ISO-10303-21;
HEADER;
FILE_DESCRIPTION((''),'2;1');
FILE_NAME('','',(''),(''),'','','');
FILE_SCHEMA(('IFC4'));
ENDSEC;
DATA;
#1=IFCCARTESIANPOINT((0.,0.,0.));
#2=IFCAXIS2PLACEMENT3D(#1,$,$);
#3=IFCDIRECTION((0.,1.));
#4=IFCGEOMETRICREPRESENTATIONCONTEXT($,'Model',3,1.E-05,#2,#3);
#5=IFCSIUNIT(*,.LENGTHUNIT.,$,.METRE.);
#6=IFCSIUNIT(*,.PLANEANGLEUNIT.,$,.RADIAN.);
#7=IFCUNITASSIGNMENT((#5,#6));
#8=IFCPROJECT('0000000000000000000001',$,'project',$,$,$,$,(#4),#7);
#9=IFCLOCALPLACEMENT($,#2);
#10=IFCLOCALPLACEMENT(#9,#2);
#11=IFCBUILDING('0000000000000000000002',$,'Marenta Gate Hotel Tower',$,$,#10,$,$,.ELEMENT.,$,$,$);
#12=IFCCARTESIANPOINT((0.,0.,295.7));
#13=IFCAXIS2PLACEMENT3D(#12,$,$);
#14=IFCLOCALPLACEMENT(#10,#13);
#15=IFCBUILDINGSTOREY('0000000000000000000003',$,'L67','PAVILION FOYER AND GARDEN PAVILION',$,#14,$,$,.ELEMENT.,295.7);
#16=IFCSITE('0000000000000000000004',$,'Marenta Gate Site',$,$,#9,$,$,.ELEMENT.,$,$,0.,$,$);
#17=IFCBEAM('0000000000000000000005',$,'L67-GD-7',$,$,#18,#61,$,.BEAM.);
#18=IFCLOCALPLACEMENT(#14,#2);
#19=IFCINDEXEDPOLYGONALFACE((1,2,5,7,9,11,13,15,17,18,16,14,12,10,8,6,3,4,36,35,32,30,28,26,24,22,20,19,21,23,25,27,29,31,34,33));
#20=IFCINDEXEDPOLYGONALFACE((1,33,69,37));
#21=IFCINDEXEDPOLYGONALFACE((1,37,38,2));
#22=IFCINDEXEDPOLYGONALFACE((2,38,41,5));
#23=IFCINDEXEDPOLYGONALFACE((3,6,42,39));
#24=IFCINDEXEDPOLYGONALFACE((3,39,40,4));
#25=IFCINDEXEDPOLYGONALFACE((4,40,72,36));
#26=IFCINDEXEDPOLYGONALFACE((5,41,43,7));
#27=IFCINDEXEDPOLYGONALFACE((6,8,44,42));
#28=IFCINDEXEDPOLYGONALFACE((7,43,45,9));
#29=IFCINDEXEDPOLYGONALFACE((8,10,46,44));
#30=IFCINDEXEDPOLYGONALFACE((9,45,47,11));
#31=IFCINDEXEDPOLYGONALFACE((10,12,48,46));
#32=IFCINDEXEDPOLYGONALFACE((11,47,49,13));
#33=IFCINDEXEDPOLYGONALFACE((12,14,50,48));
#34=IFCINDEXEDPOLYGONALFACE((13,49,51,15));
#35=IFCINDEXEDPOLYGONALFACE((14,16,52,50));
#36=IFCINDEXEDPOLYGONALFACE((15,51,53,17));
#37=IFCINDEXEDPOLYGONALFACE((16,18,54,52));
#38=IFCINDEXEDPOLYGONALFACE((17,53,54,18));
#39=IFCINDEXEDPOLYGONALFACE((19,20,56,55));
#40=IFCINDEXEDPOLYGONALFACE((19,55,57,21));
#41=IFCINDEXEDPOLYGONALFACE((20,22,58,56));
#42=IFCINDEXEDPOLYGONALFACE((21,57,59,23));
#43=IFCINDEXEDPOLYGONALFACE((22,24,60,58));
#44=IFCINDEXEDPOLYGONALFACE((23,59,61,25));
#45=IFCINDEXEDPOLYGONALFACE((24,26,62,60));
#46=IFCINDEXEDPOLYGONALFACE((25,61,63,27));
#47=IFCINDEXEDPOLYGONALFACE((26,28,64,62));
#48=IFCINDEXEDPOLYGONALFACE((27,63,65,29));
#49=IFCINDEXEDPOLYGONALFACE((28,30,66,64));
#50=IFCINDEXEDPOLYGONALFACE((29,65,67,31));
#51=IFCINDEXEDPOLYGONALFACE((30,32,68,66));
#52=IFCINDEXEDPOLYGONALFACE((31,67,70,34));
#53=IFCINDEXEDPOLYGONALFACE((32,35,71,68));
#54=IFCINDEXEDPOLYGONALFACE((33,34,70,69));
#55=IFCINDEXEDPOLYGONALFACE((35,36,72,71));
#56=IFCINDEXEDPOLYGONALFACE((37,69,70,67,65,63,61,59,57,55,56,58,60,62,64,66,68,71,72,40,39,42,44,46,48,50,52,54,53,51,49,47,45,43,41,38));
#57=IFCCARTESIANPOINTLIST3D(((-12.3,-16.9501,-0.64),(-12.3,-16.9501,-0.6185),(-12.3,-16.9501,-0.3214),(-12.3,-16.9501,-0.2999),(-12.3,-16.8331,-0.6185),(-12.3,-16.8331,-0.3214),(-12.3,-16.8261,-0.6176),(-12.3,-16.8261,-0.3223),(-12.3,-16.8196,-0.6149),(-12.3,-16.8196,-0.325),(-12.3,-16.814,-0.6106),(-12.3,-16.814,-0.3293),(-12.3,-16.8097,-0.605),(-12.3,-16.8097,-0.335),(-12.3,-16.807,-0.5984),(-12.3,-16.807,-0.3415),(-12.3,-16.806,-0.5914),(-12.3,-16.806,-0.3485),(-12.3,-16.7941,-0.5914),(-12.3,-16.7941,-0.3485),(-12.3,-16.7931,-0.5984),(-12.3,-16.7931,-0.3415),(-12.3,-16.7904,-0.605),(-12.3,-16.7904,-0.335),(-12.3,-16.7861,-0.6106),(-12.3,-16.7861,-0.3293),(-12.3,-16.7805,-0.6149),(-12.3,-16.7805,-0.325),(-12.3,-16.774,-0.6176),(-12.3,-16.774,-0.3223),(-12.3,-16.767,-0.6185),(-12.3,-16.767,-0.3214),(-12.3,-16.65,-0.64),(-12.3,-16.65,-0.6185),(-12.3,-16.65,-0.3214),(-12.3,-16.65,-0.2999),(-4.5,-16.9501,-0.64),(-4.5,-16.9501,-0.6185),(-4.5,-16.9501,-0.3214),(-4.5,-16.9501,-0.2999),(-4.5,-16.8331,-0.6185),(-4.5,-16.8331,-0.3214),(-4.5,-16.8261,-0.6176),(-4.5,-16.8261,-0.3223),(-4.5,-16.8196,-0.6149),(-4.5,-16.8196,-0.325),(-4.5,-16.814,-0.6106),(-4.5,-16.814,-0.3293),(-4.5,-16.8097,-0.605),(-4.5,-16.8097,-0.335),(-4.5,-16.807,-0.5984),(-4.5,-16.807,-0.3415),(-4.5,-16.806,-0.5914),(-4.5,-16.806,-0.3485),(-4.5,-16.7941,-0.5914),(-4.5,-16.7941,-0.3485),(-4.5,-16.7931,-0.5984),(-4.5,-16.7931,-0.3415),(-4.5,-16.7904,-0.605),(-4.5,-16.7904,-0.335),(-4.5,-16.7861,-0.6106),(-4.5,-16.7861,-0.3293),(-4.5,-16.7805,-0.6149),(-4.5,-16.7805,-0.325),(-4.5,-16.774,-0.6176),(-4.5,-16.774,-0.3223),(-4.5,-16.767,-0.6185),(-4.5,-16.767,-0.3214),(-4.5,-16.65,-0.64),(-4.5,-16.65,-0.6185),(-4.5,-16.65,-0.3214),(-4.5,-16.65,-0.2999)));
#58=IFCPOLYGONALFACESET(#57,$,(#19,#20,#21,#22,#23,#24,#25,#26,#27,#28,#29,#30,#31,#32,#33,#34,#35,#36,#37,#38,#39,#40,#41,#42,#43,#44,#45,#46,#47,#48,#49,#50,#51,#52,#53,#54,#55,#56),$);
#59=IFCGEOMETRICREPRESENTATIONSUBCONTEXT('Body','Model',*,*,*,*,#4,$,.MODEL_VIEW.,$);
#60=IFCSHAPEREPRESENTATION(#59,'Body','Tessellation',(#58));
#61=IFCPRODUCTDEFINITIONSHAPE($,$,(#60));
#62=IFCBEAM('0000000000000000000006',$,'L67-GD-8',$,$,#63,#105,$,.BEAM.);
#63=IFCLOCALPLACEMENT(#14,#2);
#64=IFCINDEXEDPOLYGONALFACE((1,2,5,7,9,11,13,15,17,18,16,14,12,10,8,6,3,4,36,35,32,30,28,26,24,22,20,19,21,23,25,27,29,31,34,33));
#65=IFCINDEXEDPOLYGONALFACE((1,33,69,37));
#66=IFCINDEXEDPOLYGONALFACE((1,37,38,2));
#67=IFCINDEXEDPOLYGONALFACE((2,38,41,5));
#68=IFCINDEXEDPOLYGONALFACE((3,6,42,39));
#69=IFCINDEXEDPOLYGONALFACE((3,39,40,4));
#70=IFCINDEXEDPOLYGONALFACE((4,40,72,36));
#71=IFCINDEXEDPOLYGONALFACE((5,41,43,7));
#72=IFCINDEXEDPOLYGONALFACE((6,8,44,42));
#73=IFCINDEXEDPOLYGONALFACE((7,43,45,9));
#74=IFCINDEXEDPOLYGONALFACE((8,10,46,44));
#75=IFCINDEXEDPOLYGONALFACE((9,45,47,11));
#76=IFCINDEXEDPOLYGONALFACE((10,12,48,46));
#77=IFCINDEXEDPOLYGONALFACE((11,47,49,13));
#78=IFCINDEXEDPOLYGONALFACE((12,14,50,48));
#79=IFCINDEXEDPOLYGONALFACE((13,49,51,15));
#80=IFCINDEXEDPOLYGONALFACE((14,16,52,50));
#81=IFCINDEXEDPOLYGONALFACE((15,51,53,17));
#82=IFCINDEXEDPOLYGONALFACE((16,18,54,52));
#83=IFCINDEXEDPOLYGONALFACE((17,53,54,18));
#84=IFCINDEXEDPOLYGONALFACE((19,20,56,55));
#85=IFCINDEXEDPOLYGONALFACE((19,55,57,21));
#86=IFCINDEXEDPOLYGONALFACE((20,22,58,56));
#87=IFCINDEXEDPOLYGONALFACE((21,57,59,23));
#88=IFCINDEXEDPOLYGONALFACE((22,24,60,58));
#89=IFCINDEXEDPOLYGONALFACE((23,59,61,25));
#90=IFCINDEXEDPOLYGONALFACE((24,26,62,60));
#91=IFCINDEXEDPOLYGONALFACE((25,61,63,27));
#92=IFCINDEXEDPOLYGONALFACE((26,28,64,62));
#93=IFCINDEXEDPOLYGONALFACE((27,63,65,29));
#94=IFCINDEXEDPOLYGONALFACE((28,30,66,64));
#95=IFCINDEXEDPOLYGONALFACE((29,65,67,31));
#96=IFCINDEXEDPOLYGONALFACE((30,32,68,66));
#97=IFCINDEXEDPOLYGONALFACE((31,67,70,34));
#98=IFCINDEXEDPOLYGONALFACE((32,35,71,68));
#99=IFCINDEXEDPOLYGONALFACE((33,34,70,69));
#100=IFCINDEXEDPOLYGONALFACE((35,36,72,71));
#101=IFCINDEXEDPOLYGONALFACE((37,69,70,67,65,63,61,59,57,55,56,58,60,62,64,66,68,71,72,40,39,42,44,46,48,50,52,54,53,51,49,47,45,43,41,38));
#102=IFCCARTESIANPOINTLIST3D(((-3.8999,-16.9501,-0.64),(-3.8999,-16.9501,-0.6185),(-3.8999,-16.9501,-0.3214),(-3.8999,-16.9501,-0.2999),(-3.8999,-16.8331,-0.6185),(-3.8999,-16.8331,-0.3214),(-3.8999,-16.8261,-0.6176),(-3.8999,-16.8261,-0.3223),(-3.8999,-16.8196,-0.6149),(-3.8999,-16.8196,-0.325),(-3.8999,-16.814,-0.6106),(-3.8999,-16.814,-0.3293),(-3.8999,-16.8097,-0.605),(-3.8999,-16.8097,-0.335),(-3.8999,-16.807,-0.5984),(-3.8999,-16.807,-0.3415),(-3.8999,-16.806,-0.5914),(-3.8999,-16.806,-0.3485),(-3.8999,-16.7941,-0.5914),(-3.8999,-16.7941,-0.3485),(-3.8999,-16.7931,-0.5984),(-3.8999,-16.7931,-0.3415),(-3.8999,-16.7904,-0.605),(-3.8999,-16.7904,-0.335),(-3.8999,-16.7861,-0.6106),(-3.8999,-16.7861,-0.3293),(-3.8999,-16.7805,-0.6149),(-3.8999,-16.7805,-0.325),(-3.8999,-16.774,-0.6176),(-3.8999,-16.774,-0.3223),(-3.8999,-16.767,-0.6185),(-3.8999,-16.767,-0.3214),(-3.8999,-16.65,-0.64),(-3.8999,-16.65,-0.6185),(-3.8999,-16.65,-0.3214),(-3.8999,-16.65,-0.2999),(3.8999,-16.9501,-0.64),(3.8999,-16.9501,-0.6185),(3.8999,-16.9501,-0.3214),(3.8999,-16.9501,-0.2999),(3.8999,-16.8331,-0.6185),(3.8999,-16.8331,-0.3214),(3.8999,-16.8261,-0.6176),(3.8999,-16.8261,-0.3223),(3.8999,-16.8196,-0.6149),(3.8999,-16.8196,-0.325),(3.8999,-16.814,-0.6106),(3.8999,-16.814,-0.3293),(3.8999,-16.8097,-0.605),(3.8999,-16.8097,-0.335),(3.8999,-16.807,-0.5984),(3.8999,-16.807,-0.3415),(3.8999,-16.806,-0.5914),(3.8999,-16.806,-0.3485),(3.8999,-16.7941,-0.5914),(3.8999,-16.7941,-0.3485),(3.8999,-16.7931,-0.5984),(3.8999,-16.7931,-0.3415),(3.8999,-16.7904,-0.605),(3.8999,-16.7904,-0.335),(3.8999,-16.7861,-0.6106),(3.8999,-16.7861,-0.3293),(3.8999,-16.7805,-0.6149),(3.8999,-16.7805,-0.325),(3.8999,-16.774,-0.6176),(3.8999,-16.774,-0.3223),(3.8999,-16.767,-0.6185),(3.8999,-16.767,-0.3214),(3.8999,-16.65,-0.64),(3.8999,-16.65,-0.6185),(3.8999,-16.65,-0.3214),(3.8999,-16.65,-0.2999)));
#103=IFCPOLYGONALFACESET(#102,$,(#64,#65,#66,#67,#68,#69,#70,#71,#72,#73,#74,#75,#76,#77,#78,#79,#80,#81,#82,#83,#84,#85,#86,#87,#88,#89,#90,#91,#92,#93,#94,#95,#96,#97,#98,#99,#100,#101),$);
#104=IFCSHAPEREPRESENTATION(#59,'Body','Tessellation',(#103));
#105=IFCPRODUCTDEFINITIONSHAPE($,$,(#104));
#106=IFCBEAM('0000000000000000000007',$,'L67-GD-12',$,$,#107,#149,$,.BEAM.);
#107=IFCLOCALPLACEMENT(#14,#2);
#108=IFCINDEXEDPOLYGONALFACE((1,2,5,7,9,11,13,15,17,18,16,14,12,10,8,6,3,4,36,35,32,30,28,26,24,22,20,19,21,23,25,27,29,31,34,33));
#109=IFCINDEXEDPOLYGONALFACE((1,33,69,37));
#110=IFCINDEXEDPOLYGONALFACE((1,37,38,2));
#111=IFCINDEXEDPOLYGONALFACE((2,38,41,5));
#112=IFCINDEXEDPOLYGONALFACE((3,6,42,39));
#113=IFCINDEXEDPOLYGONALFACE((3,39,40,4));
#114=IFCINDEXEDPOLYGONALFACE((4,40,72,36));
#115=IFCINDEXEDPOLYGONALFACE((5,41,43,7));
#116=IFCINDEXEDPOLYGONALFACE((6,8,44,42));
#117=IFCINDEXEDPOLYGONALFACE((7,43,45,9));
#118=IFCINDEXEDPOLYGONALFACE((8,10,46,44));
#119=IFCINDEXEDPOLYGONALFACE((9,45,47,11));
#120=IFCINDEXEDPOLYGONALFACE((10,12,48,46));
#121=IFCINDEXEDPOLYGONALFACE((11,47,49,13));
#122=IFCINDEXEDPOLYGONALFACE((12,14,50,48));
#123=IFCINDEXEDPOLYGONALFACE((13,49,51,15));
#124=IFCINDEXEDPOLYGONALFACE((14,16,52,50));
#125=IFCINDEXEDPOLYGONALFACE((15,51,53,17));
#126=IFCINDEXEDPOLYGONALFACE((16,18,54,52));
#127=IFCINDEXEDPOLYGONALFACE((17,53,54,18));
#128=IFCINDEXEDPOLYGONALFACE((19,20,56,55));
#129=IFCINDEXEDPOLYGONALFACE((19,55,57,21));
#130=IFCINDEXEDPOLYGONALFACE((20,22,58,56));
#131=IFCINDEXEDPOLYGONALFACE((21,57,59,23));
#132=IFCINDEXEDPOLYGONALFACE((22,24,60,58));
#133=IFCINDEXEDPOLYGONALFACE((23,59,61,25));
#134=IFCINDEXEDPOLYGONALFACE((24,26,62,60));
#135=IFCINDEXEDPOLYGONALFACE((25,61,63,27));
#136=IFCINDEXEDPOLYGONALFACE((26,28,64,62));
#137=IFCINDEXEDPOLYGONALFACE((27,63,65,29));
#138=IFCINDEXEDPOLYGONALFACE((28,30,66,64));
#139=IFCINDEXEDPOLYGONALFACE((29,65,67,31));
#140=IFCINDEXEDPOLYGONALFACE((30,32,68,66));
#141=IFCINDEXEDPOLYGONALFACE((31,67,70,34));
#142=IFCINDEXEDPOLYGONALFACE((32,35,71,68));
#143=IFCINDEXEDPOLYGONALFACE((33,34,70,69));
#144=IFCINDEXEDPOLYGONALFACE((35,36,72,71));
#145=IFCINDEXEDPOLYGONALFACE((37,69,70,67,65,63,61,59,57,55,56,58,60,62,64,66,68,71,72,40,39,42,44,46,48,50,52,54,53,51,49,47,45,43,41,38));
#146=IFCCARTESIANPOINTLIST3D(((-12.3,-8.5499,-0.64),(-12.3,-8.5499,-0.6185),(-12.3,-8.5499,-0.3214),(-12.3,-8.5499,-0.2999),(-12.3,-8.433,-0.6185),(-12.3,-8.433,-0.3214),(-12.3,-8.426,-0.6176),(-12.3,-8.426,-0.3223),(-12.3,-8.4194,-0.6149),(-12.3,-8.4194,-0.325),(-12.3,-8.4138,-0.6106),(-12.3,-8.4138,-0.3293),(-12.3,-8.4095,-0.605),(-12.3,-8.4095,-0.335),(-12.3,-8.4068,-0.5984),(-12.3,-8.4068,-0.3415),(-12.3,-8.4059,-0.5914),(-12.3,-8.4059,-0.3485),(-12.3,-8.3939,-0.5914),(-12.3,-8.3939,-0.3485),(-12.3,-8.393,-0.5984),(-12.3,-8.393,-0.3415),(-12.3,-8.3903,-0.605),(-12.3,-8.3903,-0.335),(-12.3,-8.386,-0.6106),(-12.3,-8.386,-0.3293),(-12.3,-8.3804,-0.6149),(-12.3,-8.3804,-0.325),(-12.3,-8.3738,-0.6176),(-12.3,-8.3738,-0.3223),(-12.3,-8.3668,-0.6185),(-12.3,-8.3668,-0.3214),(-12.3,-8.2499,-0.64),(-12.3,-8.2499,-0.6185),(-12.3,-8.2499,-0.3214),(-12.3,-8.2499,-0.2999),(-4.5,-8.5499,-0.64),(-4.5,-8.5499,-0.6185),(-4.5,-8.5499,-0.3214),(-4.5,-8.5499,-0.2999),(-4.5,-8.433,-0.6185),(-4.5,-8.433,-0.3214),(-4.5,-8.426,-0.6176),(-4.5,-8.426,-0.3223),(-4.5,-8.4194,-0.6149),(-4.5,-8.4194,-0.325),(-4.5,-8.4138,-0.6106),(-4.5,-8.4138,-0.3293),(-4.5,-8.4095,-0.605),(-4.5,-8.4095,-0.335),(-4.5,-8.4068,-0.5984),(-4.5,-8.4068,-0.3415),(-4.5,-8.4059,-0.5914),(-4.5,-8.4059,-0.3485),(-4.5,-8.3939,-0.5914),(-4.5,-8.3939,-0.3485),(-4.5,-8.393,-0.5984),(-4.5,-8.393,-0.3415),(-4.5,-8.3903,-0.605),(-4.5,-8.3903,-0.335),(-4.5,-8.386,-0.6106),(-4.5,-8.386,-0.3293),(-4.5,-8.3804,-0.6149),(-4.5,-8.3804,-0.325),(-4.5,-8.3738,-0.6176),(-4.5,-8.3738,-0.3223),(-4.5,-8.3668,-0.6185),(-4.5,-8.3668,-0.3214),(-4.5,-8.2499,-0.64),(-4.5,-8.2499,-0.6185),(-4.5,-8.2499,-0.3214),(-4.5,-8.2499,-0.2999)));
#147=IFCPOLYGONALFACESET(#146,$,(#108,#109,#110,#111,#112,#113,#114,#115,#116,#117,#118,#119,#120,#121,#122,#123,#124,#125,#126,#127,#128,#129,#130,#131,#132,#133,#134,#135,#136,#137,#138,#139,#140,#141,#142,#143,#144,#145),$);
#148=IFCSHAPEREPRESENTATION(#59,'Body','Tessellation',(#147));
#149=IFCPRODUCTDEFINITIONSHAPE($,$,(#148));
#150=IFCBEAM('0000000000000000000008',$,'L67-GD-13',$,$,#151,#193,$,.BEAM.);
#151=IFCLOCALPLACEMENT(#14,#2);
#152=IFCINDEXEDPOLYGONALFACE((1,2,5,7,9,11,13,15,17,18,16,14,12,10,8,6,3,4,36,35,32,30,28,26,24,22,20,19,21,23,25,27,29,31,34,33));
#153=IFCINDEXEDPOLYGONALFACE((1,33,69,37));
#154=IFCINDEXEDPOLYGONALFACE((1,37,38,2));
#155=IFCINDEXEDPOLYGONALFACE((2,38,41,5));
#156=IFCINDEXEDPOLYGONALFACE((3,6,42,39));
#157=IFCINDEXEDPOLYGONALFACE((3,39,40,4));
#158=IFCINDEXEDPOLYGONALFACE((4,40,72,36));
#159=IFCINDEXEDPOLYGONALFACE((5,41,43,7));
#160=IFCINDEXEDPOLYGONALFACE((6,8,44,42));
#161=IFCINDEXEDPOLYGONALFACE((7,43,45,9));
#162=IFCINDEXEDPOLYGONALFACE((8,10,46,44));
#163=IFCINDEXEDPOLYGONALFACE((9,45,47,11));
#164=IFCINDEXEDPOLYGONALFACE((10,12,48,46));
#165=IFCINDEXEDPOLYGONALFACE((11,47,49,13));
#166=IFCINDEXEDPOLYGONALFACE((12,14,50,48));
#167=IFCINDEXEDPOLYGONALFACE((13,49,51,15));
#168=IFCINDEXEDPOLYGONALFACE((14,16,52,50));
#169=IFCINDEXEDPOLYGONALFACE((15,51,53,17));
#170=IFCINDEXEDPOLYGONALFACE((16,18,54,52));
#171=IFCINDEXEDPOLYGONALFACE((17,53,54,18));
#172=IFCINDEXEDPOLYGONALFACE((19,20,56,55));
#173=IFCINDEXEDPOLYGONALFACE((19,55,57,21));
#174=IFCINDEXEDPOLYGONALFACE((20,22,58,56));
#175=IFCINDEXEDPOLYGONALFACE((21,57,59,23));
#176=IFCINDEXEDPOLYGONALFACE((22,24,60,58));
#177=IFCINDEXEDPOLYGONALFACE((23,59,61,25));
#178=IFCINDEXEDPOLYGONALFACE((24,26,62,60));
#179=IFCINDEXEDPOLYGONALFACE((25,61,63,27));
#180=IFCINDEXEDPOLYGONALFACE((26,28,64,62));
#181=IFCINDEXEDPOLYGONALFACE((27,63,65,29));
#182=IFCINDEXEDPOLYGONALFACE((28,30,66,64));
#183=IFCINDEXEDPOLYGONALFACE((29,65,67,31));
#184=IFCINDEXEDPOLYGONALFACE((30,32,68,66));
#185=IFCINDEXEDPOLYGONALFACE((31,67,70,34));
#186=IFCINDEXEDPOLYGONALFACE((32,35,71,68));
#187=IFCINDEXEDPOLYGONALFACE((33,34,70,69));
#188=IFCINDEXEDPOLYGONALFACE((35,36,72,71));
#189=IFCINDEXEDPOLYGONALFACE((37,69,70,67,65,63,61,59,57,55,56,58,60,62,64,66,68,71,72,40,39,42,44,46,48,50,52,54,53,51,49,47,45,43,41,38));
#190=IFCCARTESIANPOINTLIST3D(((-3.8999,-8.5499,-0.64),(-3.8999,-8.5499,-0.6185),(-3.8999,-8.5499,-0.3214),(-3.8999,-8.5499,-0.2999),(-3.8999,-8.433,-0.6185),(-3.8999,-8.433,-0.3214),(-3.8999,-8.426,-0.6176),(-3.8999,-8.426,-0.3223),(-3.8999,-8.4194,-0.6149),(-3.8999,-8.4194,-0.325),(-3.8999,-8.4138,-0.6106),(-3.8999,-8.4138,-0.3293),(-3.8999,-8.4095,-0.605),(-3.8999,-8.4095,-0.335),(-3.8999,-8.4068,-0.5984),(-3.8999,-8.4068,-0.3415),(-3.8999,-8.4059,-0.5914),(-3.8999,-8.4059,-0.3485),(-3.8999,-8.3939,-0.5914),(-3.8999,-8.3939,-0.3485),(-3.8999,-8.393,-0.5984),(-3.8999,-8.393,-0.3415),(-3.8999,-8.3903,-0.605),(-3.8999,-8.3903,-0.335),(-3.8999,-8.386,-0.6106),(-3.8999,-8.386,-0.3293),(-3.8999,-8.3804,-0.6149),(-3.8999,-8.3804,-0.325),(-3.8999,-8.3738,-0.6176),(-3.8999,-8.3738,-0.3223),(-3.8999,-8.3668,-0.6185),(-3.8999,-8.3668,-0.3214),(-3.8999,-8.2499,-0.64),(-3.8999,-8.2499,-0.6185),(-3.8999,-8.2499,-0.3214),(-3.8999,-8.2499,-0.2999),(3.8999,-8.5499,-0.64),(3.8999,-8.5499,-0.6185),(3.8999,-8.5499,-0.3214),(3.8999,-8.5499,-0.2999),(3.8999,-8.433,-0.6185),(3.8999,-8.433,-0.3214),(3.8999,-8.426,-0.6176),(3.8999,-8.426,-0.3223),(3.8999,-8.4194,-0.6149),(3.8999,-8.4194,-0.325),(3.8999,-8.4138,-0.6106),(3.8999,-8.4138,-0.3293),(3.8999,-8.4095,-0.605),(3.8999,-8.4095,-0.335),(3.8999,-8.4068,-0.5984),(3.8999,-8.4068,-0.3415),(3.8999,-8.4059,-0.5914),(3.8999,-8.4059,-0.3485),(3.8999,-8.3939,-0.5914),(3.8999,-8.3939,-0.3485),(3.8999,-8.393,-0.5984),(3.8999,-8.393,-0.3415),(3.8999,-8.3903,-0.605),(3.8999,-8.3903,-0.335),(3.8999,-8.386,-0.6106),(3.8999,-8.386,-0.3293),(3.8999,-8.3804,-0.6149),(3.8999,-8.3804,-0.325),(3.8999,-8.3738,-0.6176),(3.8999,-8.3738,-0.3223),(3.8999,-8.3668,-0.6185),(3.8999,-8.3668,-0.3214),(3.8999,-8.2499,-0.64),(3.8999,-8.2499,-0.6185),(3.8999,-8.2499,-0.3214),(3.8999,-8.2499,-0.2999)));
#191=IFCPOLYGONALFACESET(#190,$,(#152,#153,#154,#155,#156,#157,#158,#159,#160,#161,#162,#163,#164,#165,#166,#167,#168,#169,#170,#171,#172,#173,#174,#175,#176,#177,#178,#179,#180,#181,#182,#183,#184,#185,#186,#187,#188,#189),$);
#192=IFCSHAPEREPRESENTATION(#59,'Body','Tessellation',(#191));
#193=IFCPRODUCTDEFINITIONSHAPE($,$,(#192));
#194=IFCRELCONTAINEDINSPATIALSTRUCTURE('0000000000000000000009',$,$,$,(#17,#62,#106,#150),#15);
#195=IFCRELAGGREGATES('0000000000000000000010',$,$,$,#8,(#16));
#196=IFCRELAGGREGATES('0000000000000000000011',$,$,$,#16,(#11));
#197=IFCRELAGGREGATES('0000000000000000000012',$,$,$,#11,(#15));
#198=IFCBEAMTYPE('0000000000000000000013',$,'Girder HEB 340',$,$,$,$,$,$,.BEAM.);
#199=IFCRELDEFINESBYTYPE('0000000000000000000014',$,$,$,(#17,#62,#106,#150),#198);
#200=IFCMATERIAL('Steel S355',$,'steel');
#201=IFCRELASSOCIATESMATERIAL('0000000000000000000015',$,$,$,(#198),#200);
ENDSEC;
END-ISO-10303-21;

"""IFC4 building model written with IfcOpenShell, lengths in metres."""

from ifc_helpers import new_model, si_unit, direction, frame, origin, origin_2d, place, context, subcontext, project, spatial, i_section, extrude, material, material_profile, profile_set, type_object, element, save


model = new_model("IFC4")

# Units and contexts
model_context = context("Model", 3, precision=1e-05, world=origin(), true_north=direction((0.0, 1.0)))
body_context = subcontext(model_context, "Body", "Model", "MODEL_VIEW")
ifc_project = project(units=[si_unit("LENGTHUNIT", "METRE"), si_unit("PLANEANGLEUNIT", "RADIAN")], contexts=[model_context])

# Site, building, storey
site_placement = place(None, origin())
site = spatial("IfcSite", under=ifc_project, at=site_placement, Name="Marenta Gate Site", CompositionType="ELEMENT", RefElevation=0.0)
building_placement = place(site_placement, origin())
building = spatial("IfcBuilding", under=site, at=building_placement, Name="Marenta Gate Hotel Tower", CompositionType="ELEMENT")
storey_placement = place(building_placement, frame((0.0, 0.0, 295.7)))
storey = spatial("IfcBuildingStorey", under=building, at=storey_placement, Name="L67", Description="PAVILION FOYER AND GARDEN PAVILION", CompositionType="ELEMENT", Elevation=295.7)

# Beams
ifc_material_1 = material(Name="Steel S355", Category="steel")
ifc_material_profile_1 = material_profile(ifc_material_1, i_section(OverallWidth=0.3, OverallDepth=0.3401, WebThickness=0.012, FlangeThickness=0.0215, FilletRadius=0.0271, at=origin_2d()), Name="HEB 340")
ifc_profile_set_1 = profile_set([ifc_material_profile_1], Name="Steel S355")
beam_type_1 = type_object("IfcBeamType", Name="Girder HEB 340", PredefinedType="BEAM", material=ifc_profile_set_1)
beam_1_placement = place(storey_placement, frame((-12.3, -16.8, -0.47), z_axis=(1.0, 0.0, 0.0), x_axis=(0.0, 1.0, 0.0)))
element("IfcBeam", 1, at=beam_1_placement, inside=storey, type_object=beam_type_1, Name="L67-GD-7", PredefinedType="BEAM", context=body_context, shape_type="SweptSolid", body=[
    extrude(i_section(OverallWidth=0.3, OverallDepth=0.3401, WebThickness=0.012, FlangeThickness=0.0215, FilletRadius=0.0271, at=origin_2d()), origin(), (0.0, 0.0, 1.0), 7.8),
])
beam_2_placement = place(storey_placement, frame((-3.8999, -16.8, -0.47), z_axis=(1.0, 0.0, 0.0), x_axis=(0.0, 1.0, 0.0)))
element("IfcBeam", 2, at=beam_2_placement, inside=storey, type_object=beam_type_1, Name="L67-GD-8", PredefinedType="BEAM", context=body_context, shape_type="SweptSolid", body=[
    extrude(i_section(OverallWidth=0.3, OverallDepth=0.3401, WebThickness=0.012, FlangeThickness=0.0215, FilletRadius=0.0271, at=origin_2d()), origin(), (0.0, 0.0, 1.0), 7.7998),
])
beam_3_placement = place(storey_placement, frame((-12.3, -8.3999, -0.47), z_axis=(1.0, 0.0, 0.0), x_axis=(0.0, 1.0, 0.0)))
element("IfcBeam", 3, at=beam_3_placement, inside=storey, type_object=beam_type_1, Name="L67-GD-12", PredefinedType="BEAM", context=body_context, shape_type="SweptSolid", body=[
    extrude(i_section(OverallWidth=0.3, OverallDepth=0.3401, WebThickness=0.012, FlangeThickness=0.0215, FilletRadius=0.0271, at=origin_2d()), origin(), (0.0, 0.0, 1.0), 7.8),
])
beam_4_placement = place(storey_placement, frame((-3.8999, -8.3999, -0.47), z_axis=(1.0, 0.0, 0.0), x_axis=(0.0, 1.0, 0.0)))
element("IfcBeam", 4, at=beam_4_placement, inside=storey, type_object=beam_type_1, Name="L67-GD-13", PredefinedType="BEAM", context=body_context, shape_type="SweptSolid", body=[
    extrude(i_section(OverallWidth=0.3, OverallDepth=0.3401, WebThickness=0.012, FlangeThickness=0.0215, FilletRadius=0.0271, at=origin_2d()), origin(), (0.0, 0.0, 1.0), 7.7998),
])

save(model, "model.ifc")
